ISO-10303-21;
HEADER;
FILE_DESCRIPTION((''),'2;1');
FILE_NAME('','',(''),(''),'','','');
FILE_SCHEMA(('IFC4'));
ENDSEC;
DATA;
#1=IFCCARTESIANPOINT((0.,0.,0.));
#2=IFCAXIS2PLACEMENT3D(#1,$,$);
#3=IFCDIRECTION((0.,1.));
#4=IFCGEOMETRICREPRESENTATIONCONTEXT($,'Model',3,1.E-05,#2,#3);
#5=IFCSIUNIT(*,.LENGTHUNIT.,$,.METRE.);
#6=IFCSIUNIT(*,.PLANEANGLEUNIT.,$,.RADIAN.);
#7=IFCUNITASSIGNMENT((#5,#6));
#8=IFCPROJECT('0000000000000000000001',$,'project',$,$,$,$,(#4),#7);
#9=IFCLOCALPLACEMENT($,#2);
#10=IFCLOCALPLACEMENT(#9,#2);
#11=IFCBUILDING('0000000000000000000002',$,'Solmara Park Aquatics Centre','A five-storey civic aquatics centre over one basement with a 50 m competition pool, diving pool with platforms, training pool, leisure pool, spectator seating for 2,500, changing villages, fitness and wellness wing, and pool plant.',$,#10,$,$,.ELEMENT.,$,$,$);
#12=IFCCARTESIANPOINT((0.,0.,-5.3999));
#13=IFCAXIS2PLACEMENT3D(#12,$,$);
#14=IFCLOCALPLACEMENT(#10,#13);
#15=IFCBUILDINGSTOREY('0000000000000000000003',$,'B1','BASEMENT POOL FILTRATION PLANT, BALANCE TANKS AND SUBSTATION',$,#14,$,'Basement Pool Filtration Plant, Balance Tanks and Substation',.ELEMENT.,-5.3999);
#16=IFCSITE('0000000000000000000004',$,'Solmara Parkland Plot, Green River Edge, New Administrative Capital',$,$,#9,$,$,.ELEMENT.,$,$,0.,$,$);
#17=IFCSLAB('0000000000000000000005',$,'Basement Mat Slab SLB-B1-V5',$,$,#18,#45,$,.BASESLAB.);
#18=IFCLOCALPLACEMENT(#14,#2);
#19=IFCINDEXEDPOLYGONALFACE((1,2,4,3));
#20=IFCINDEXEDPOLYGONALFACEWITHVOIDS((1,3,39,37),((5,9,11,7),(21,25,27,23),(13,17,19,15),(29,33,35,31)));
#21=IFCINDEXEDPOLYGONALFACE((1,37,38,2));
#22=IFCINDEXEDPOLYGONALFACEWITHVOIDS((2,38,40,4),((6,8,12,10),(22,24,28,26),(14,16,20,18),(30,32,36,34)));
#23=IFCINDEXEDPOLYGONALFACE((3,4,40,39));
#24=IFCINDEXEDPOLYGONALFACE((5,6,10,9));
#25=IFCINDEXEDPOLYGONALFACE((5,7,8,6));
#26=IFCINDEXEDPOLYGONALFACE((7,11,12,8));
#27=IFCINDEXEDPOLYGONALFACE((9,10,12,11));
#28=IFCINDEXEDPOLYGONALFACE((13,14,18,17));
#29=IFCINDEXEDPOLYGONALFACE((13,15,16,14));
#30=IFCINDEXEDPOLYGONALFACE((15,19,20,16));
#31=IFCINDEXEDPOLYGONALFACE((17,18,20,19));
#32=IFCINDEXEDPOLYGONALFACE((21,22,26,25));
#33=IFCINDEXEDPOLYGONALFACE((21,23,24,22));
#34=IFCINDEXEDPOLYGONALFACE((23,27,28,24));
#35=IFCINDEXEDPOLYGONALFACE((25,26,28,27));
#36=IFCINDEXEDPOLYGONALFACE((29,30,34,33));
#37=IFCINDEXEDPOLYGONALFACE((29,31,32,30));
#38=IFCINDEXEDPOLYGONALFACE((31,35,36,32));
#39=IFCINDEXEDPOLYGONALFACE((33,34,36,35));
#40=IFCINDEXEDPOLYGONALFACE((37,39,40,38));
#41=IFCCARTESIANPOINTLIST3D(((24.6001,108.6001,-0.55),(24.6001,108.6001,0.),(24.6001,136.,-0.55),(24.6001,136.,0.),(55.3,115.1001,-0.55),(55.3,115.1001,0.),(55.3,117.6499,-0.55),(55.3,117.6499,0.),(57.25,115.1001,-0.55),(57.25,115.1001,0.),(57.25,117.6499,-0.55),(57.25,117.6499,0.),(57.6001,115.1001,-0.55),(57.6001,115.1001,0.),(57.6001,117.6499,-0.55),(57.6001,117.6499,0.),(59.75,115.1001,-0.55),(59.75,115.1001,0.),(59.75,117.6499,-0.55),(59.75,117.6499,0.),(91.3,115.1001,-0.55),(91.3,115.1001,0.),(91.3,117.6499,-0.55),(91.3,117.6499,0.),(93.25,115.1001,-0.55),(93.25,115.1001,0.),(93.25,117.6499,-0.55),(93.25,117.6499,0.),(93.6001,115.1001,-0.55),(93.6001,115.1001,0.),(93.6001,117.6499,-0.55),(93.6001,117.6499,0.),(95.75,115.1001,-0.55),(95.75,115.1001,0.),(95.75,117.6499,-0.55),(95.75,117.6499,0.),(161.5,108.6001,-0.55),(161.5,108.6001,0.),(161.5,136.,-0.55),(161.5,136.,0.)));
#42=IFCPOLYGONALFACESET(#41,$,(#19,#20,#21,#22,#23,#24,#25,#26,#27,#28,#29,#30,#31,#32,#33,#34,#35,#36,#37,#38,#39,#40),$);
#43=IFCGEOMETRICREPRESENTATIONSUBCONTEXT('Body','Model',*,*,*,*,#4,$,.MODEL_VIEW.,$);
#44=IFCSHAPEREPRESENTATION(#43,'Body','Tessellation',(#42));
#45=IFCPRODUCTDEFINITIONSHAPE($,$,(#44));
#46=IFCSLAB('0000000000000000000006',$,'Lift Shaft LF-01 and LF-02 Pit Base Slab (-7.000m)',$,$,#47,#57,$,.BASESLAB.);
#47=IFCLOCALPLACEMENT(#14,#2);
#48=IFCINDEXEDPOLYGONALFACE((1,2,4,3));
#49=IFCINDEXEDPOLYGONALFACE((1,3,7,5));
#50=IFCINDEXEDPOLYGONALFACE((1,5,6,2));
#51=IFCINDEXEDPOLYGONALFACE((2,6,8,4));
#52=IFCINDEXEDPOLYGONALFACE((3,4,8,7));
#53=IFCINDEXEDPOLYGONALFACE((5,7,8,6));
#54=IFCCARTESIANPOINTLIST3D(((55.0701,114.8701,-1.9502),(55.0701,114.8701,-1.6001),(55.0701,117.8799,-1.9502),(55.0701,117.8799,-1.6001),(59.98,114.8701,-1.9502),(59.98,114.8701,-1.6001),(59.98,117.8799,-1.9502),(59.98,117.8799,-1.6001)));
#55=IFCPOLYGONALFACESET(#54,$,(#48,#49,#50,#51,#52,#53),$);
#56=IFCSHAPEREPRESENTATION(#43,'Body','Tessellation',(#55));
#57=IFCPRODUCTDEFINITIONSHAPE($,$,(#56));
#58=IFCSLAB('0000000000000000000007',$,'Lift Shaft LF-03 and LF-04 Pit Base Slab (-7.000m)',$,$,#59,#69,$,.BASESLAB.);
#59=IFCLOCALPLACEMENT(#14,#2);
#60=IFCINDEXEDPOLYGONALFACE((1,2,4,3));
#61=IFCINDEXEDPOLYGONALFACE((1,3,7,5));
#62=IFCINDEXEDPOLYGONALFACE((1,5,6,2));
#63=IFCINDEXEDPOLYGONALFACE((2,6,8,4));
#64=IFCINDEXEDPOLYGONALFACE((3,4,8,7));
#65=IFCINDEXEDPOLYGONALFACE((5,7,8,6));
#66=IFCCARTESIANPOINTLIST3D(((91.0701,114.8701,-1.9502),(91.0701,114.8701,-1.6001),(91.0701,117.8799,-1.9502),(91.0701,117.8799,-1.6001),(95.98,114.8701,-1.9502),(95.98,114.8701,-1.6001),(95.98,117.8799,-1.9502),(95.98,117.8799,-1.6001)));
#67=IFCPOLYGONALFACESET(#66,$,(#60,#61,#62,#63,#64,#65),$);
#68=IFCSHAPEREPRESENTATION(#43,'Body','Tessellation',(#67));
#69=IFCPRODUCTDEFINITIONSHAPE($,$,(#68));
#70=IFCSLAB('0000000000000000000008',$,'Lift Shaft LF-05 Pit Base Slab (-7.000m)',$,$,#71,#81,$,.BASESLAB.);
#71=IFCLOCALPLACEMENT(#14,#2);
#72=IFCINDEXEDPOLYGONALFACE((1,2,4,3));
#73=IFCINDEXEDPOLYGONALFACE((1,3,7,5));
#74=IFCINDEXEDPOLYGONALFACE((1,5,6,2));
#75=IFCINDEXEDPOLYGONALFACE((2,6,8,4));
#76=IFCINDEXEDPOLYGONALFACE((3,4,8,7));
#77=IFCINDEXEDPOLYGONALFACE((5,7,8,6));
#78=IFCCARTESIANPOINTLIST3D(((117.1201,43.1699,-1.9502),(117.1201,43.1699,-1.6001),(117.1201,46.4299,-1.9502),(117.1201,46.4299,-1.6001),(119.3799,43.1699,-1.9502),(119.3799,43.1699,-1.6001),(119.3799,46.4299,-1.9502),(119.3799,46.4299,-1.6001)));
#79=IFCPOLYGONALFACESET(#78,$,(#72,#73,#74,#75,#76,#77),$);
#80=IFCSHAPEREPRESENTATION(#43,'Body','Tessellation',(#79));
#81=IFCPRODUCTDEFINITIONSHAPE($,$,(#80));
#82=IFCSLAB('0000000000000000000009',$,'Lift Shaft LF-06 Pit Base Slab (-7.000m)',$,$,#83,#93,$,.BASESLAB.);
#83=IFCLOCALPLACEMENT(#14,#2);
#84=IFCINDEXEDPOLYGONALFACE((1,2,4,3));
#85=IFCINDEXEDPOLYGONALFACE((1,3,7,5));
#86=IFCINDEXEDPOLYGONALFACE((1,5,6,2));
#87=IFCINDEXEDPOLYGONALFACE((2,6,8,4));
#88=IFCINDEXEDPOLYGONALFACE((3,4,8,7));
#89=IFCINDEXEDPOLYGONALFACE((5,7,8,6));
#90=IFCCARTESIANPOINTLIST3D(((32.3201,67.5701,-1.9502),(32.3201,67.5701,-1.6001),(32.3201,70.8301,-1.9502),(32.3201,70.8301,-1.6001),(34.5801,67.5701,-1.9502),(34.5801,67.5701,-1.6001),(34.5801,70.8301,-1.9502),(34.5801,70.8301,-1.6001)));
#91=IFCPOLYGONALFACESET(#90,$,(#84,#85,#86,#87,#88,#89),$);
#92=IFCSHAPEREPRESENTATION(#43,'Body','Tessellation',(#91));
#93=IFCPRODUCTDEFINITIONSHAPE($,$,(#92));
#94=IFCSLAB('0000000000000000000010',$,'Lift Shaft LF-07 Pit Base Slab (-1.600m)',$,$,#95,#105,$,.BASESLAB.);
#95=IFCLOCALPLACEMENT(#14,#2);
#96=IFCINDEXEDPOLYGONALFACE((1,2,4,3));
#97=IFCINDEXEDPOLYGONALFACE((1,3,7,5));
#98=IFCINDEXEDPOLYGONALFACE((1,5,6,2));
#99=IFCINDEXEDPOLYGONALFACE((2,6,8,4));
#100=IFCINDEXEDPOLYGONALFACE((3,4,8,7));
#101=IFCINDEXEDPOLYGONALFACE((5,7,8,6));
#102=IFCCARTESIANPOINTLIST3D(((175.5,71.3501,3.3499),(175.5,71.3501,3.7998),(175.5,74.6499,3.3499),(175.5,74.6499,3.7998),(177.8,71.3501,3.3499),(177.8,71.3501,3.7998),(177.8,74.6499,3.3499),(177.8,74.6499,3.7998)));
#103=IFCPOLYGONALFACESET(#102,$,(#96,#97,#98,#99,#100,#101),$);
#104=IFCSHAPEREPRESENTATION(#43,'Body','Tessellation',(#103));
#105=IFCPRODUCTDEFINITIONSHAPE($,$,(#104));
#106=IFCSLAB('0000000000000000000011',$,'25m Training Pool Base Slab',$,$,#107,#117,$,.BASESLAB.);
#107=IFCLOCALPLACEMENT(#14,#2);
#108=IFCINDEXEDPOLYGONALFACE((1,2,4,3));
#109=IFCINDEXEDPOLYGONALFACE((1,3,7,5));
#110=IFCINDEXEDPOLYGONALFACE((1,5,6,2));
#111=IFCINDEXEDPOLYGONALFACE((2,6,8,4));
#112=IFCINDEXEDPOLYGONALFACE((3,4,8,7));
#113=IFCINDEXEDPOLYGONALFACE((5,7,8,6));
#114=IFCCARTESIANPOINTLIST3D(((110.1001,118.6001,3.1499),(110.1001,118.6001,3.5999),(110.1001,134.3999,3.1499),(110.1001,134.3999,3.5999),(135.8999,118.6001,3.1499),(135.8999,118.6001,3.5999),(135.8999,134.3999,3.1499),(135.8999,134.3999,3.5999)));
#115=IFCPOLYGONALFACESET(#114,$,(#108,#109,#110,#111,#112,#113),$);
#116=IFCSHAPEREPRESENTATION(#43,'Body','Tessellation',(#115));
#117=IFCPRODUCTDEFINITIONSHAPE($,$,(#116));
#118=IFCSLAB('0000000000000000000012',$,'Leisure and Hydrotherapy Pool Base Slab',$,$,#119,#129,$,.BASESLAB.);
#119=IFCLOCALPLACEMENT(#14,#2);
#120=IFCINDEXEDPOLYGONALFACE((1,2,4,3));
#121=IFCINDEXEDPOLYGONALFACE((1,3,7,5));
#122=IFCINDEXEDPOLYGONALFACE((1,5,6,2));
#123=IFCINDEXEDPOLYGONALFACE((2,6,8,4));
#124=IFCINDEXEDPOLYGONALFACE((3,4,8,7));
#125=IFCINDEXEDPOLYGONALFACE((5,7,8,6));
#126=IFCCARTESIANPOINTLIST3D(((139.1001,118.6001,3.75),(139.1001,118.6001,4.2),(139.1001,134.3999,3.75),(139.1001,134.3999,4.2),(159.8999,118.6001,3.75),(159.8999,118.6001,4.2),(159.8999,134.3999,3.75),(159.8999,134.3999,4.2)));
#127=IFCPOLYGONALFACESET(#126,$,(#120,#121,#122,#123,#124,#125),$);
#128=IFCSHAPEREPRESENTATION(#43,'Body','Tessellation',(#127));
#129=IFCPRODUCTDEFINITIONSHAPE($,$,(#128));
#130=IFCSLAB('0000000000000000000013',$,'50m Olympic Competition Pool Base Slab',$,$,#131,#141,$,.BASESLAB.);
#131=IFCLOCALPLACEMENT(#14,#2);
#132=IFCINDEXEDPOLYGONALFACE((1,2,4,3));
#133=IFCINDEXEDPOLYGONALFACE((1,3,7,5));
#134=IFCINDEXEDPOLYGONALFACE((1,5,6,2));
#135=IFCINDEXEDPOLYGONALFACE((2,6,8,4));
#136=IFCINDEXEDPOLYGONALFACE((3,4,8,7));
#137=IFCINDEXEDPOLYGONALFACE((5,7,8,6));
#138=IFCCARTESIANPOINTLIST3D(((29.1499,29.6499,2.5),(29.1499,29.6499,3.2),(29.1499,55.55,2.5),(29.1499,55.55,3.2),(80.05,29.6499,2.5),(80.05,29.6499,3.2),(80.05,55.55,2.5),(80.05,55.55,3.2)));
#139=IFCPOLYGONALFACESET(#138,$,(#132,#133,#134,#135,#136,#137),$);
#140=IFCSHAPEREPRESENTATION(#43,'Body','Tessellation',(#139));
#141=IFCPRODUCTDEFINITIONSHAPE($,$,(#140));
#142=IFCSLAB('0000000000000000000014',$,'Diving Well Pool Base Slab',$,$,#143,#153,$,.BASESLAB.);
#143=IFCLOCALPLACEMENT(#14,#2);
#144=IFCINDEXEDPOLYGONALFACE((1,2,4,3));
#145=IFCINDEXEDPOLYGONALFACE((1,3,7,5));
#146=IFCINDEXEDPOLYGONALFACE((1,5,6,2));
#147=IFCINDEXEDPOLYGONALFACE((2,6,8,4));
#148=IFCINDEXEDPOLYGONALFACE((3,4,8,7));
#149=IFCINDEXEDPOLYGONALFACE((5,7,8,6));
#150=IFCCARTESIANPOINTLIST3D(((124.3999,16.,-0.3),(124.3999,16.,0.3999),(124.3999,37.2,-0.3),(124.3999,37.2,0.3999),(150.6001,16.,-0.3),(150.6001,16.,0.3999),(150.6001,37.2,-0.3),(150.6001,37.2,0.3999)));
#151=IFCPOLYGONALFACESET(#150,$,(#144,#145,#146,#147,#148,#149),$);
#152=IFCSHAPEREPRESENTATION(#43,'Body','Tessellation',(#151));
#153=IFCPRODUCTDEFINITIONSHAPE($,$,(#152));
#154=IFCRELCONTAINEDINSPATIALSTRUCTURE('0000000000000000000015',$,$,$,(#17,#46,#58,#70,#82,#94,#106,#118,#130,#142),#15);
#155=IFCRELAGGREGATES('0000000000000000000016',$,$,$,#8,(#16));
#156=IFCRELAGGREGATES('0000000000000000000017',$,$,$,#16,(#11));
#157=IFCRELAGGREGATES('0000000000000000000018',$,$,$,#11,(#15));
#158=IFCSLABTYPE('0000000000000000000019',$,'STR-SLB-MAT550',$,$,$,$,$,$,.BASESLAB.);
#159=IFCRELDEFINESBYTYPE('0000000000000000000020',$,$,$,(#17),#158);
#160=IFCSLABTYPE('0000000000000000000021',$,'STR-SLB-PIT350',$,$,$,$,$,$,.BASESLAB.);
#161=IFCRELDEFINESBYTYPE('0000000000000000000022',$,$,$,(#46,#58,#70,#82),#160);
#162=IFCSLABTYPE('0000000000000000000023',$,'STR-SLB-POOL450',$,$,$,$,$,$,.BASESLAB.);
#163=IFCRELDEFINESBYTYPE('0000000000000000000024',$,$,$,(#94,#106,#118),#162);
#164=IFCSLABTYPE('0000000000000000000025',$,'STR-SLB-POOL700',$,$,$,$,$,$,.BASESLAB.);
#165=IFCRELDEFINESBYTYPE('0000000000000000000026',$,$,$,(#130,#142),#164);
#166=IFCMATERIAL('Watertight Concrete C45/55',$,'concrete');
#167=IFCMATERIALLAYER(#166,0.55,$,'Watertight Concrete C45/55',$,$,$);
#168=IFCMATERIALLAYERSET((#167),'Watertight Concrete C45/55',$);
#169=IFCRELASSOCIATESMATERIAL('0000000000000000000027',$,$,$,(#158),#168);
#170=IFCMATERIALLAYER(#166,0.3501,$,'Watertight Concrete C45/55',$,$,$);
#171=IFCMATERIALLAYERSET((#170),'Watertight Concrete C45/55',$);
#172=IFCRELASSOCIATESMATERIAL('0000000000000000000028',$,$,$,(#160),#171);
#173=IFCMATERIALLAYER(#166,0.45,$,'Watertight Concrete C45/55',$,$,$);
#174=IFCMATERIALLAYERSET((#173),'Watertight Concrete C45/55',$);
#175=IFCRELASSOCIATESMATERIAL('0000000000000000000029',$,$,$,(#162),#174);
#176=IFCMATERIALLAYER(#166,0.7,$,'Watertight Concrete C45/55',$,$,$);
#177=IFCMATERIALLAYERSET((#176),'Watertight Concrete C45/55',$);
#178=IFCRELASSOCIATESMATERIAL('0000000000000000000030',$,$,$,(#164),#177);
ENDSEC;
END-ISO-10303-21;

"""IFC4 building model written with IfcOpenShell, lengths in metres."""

from ifc_helpers import new_model, si_unit, direction, frame, origin, place, context, subcontext, project, spatial, polyline, outline, extrude, material, layer, layer_set, type_object, element, save


model = new_model("IFC4")

# Units and contexts
model_context = context("Model", 3, precision=1e-05, world=origin(), true_north=direction((0.0, 1.0)))
body_context = subcontext(model_context, "Body", "Model", "MODEL_VIEW")
ifc_project = project(units=[si_unit("LENGTHUNIT", "METRE"), si_unit("PLANEANGLEUNIT", "RADIAN")], contexts=[model_context])

# Site, building, storey
site_placement = place(None, origin())
site = spatial("IfcSite", under=ifc_project, at=site_placement, Name="Solmara Parkland Plot, Green River Edge, New Administrative Capital", CompositionType="ELEMENT", RefElevation=0.0)
building_placement = place(site_placement, origin())
building = spatial("IfcBuilding", under=site, at=building_placement, Name="Solmara Park Aquatics Centre", Description="A five-storey civic aquatics centre over one basement with a 50 m competition pool, diving pool with platforms, training pool, leisure pool, spectator seating for 2,500, changing villages, fitness and wellness wing, and pool plant.", CompositionType="ELEMENT")
storey_placement = place(building_placement, frame((0.0, 0.0, -5.3999)))
storey = spatial("IfcBuildingStorey", under=building, at=storey_placement, Name="B1", Description="BASEMENT POOL FILTRATION PLANT, BALANCE TANKS AND SUBSTATION", LongName="Basement Pool Filtration Plant, Balance Tanks and Substation", CompositionType="ELEMENT", Elevation=-5.3999)

# Slabs
ifc_material_1 = material(Name="Watertight Concrete C45/55", Category="concrete")
ifc_layer_1 = layer(ifc_material_1, 0.55, Name="Watertight Concrete C45/55")
ifc_layer_set_1 = layer_set([ifc_layer_1], Name="Watertight Concrete C45/55")
slab_type_1 = type_object("IfcSlabType", Name="STR-SLB-MAT550", PredefinedType="BASESLAB", material=ifc_layer_set_1)
slab_1_placement = place(storey_placement, frame((0.0, 0.0, -0.55)))
element("IfcSlab", 1, at=slab_1_placement, inside=storey, type_object=slab_type_1, Name="Basement Mat Slab SLB-B1-V5", PredefinedType="BASESLAB", context=body_context, shape_type="SweptSolid", body=[
    extrude(outline(polyline([(24.6001, 108.6001), (161.5, 108.6001), (161.5, 136.0), (24.6001, 136.0), (24.6001, 108.6001)]), holes=[polyline([(55.3, 115.1001), (57.25, 115.1001), (57.25, 117.6499), (55.3, 117.6499), (55.3, 115.1001)]), polyline([(57.6001, 115.1001), (59.75, 115.1001), (59.75, 117.6499), (57.6001, 117.6499), (57.6001, 115.1001)]), polyline([(91.3, 115.1001), (93.25, 115.1001), (93.25, 117.6499), (91.3, 117.6499), (91.3, 115.1001)]), polyline([(93.6001, 115.1001), (95.75, 115.1001), (95.75, 117.6499), (93.6001, 117.6499), (93.6001, 115.1001)])]), origin(), (0.0, 0.0, 1.0), 0.55),
])
ifc_layer_2 = layer(ifc_material_1, 0.3501, Name="Watertight Concrete C45/55")
ifc_layer_set_2 = layer_set([ifc_layer_2], Name="Watertight Concrete C45/55")
slab_type_2 = type_object("IfcSlabType", Name="STR-SLB-PIT350", PredefinedType="BASESLAB", material=ifc_layer_set_2)
slab_2_placement = place(storey_placement, frame((0.0, 0.0, -1.9502)))
element("IfcSlab", 2, at=slab_2_placement, inside=storey, type_object=slab_type_2, Name="Lift Shaft LF-01 and LF-02 Pit Base Slab (-7.000m)", PredefinedType="BASESLAB", context=body_context, shape_type="SweptSolid", body=[
    extrude(outline(polyline([(55.0701, 114.8701), (59.98, 114.8701), (59.98, 117.8799), (55.0701, 117.8799), (55.0701, 114.8701)])), origin(), (0.0, 0.0, 1.0), 0.3501),
])
slab_3_placement = place(storey_placement, frame((0.0, 0.0, -1.9502)))
element("IfcSlab", 3, at=slab_3_placement, inside=storey, type_object=slab_type_2, Name="Lift Shaft LF-03 and LF-04 Pit Base Slab (-7.000m)", PredefinedType="BASESLAB", context=body_context, shape_type="SweptSolid", body=[
    extrude(outline(polyline([(91.0701, 114.8701), (95.98, 114.8701), (95.98, 117.8799), (91.0701, 117.8799), (91.0701, 114.8701)])), origin(), (0.0, 0.0, 1.0), 0.3501),
])
slab_4_placement = place(storey_placement, frame((0.0, 0.0, -1.9502)))
element("IfcSlab", 4, at=slab_4_placement, inside=storey, type_object=slab_type_2, Name="Lift Shaft LF-05 Pit Base Slab (-7.000m)", PredefinedType="BASESLAB", context=body_context, shape_type="SweptSolid", body=[
    extrude(outline(polyline([(117.1201, 43.1699), (119.3799, 43.1699), (119.3799, 46.4299), (117.1201, 46.4299), (117.1201, 43.1699)])), origin(), (0.0, 0.0, 1.0), 0.3501),
])
slab_5_placement = place(storey_placement, frame((0.0, 0.0, -1.9502)))
element("IfcSlab", 5, at=slab_5_placement, inside=storey, type_object=slab_type_2, Name="Lift Shaft LF-06 Pit Base Slab (-7.000m)", PredefinedType="BASESLAB", context=body_context, shape_type="SweptSolid", body=[
    extrude(outline(polyline([(32.3201, 67.5701), (34.5801, 67.5701), (34.5801, 70.8301), (32.3201, 70.8301), (32.3201, 67.5701)])), origin(), (0.0, 0.0, 1.0), 0.3501),
])
ifc_layer_3 = layer(ifc_material_1, 0.45, Name="Watertight Concrete C45/55")
ifc_layer_set_3 = layer_set([ifc_layer_3], Name="Watertight Concrete C45/55")
slab_type_3 = type_object("IfcSlabType", Name="STR-SLB-POOL450", PredefinedType="BASESLAB", material=ifc_layer_set_3)
slab_6_placement = place(storey_placement, frame((0.0, 0.0, 3.3499)))
element("IfcSlab", 6, at=slab_6_placement, inside=storey, type_object=slab_type_3, Name="Lift Shaft LF-07 Pit Base Slab (-1.600m)", PredefinedType="BASESLAB", context=body_context, shape_type="SweptSolid", body=[
    extrude(outline(polyline([(175.5, 71.3501), (177.8, 71.3501), (177.8, 74.6499), (175.5, 74.6499), (175.5, 71.3501)])), origin(), (0.0, 0.0, 1.0), 0.45),
])
slab_7_placement = place(storey_placement, frame((0.0, 0.0, 3.1499)))
element("IfcSlab", 7, at=slab_7_placement, inside=storey, type_object=slab_type_3, Name="25m Training Pool Base Slab", PredefinedType="BASESLAB", context=body_context, shape_type="SweptSolid", body=[
    extrude(outline(polyline([(110.1001, 118.6001), (135.8999, 118.6001), (135.8999, 134.3999), (110.1001, 134.3999), (110.1001, 118.6001)])), origin(), (0.0, 0.0, 1.0), 0.45),
])
slab_8_placement = place(storey_placement, frame((0.0, 0.0, 3.75)))
element("IfcSlab", 8, at=slab_8_placement, inside=storey, type_object=slab_type_3, Name="Leisure and Hydrotherapy Pool Base Slab", PredefinedType="BASESLAB", context=body_context, shape_type="SweptSolid", body=[
    extrude(outline(polyline([(139.1001, 118.6001), (159.8999, 118.6001), (159.8999, 134.3999), (139.1001, 134.3999), (139.1001, 118.6001)])), origin(), (0.0, 0.0, 1.0), 0.45),
])
ifc_layer_4 = layer(ifc_material_1, 0.7, Name="Watertight Concrete C45/55")
ifc_layer_set_4 = layer_set([ifc_layer_4], Name="Watertight Concrete C45/55")
slab_type_4 = type_object("IfcSlabType", Name="STR-SLB-POOL700", PredefinedType="BASESLAB", material=ifc_layer_set_4)
slab_9_placement = place(storey_placement, frame((0.0, 0.0, 2.5)))
element("IfcSlab", 9, at=slab_9_placement, inside=storey, type_object=slab_type_4, Name="50m Olympic Competition Pool Base Slab", PredefinedType="BASESLAB", context=body_context, shape_type="SweptSolid", body=[
    extrude(outline(polyline([(29.1499, 29.6499), (80.05, 29.6499), (80.05, 55.55), (29.1499, 55.55), (29.1499, 29.6499)])), origin(), (0.0, 0.0, 1.0), 0.7),
])
slab_10_placement = place(storey_placement, frame((0.0, 0.0, -0.3)))
element("IfcSlab", 10, at=slab_10_placement, inside=storey, type_object=slab_type_4, Name="Diving Well Pool Base Slab", PredefinedType="BASESLAB", context=body_context, shape_type="SweptSolid", body=[
    extrude(outline(polyline([(124.3999, 16.0), (150.6001, 16.0), (150.6001, 37.2), (124.3999, 37.2), (124.3999, 16.0)])), origin(), (0.0, 0.0, 1.0), 0.7),
])

save(model, "model.ifc")
